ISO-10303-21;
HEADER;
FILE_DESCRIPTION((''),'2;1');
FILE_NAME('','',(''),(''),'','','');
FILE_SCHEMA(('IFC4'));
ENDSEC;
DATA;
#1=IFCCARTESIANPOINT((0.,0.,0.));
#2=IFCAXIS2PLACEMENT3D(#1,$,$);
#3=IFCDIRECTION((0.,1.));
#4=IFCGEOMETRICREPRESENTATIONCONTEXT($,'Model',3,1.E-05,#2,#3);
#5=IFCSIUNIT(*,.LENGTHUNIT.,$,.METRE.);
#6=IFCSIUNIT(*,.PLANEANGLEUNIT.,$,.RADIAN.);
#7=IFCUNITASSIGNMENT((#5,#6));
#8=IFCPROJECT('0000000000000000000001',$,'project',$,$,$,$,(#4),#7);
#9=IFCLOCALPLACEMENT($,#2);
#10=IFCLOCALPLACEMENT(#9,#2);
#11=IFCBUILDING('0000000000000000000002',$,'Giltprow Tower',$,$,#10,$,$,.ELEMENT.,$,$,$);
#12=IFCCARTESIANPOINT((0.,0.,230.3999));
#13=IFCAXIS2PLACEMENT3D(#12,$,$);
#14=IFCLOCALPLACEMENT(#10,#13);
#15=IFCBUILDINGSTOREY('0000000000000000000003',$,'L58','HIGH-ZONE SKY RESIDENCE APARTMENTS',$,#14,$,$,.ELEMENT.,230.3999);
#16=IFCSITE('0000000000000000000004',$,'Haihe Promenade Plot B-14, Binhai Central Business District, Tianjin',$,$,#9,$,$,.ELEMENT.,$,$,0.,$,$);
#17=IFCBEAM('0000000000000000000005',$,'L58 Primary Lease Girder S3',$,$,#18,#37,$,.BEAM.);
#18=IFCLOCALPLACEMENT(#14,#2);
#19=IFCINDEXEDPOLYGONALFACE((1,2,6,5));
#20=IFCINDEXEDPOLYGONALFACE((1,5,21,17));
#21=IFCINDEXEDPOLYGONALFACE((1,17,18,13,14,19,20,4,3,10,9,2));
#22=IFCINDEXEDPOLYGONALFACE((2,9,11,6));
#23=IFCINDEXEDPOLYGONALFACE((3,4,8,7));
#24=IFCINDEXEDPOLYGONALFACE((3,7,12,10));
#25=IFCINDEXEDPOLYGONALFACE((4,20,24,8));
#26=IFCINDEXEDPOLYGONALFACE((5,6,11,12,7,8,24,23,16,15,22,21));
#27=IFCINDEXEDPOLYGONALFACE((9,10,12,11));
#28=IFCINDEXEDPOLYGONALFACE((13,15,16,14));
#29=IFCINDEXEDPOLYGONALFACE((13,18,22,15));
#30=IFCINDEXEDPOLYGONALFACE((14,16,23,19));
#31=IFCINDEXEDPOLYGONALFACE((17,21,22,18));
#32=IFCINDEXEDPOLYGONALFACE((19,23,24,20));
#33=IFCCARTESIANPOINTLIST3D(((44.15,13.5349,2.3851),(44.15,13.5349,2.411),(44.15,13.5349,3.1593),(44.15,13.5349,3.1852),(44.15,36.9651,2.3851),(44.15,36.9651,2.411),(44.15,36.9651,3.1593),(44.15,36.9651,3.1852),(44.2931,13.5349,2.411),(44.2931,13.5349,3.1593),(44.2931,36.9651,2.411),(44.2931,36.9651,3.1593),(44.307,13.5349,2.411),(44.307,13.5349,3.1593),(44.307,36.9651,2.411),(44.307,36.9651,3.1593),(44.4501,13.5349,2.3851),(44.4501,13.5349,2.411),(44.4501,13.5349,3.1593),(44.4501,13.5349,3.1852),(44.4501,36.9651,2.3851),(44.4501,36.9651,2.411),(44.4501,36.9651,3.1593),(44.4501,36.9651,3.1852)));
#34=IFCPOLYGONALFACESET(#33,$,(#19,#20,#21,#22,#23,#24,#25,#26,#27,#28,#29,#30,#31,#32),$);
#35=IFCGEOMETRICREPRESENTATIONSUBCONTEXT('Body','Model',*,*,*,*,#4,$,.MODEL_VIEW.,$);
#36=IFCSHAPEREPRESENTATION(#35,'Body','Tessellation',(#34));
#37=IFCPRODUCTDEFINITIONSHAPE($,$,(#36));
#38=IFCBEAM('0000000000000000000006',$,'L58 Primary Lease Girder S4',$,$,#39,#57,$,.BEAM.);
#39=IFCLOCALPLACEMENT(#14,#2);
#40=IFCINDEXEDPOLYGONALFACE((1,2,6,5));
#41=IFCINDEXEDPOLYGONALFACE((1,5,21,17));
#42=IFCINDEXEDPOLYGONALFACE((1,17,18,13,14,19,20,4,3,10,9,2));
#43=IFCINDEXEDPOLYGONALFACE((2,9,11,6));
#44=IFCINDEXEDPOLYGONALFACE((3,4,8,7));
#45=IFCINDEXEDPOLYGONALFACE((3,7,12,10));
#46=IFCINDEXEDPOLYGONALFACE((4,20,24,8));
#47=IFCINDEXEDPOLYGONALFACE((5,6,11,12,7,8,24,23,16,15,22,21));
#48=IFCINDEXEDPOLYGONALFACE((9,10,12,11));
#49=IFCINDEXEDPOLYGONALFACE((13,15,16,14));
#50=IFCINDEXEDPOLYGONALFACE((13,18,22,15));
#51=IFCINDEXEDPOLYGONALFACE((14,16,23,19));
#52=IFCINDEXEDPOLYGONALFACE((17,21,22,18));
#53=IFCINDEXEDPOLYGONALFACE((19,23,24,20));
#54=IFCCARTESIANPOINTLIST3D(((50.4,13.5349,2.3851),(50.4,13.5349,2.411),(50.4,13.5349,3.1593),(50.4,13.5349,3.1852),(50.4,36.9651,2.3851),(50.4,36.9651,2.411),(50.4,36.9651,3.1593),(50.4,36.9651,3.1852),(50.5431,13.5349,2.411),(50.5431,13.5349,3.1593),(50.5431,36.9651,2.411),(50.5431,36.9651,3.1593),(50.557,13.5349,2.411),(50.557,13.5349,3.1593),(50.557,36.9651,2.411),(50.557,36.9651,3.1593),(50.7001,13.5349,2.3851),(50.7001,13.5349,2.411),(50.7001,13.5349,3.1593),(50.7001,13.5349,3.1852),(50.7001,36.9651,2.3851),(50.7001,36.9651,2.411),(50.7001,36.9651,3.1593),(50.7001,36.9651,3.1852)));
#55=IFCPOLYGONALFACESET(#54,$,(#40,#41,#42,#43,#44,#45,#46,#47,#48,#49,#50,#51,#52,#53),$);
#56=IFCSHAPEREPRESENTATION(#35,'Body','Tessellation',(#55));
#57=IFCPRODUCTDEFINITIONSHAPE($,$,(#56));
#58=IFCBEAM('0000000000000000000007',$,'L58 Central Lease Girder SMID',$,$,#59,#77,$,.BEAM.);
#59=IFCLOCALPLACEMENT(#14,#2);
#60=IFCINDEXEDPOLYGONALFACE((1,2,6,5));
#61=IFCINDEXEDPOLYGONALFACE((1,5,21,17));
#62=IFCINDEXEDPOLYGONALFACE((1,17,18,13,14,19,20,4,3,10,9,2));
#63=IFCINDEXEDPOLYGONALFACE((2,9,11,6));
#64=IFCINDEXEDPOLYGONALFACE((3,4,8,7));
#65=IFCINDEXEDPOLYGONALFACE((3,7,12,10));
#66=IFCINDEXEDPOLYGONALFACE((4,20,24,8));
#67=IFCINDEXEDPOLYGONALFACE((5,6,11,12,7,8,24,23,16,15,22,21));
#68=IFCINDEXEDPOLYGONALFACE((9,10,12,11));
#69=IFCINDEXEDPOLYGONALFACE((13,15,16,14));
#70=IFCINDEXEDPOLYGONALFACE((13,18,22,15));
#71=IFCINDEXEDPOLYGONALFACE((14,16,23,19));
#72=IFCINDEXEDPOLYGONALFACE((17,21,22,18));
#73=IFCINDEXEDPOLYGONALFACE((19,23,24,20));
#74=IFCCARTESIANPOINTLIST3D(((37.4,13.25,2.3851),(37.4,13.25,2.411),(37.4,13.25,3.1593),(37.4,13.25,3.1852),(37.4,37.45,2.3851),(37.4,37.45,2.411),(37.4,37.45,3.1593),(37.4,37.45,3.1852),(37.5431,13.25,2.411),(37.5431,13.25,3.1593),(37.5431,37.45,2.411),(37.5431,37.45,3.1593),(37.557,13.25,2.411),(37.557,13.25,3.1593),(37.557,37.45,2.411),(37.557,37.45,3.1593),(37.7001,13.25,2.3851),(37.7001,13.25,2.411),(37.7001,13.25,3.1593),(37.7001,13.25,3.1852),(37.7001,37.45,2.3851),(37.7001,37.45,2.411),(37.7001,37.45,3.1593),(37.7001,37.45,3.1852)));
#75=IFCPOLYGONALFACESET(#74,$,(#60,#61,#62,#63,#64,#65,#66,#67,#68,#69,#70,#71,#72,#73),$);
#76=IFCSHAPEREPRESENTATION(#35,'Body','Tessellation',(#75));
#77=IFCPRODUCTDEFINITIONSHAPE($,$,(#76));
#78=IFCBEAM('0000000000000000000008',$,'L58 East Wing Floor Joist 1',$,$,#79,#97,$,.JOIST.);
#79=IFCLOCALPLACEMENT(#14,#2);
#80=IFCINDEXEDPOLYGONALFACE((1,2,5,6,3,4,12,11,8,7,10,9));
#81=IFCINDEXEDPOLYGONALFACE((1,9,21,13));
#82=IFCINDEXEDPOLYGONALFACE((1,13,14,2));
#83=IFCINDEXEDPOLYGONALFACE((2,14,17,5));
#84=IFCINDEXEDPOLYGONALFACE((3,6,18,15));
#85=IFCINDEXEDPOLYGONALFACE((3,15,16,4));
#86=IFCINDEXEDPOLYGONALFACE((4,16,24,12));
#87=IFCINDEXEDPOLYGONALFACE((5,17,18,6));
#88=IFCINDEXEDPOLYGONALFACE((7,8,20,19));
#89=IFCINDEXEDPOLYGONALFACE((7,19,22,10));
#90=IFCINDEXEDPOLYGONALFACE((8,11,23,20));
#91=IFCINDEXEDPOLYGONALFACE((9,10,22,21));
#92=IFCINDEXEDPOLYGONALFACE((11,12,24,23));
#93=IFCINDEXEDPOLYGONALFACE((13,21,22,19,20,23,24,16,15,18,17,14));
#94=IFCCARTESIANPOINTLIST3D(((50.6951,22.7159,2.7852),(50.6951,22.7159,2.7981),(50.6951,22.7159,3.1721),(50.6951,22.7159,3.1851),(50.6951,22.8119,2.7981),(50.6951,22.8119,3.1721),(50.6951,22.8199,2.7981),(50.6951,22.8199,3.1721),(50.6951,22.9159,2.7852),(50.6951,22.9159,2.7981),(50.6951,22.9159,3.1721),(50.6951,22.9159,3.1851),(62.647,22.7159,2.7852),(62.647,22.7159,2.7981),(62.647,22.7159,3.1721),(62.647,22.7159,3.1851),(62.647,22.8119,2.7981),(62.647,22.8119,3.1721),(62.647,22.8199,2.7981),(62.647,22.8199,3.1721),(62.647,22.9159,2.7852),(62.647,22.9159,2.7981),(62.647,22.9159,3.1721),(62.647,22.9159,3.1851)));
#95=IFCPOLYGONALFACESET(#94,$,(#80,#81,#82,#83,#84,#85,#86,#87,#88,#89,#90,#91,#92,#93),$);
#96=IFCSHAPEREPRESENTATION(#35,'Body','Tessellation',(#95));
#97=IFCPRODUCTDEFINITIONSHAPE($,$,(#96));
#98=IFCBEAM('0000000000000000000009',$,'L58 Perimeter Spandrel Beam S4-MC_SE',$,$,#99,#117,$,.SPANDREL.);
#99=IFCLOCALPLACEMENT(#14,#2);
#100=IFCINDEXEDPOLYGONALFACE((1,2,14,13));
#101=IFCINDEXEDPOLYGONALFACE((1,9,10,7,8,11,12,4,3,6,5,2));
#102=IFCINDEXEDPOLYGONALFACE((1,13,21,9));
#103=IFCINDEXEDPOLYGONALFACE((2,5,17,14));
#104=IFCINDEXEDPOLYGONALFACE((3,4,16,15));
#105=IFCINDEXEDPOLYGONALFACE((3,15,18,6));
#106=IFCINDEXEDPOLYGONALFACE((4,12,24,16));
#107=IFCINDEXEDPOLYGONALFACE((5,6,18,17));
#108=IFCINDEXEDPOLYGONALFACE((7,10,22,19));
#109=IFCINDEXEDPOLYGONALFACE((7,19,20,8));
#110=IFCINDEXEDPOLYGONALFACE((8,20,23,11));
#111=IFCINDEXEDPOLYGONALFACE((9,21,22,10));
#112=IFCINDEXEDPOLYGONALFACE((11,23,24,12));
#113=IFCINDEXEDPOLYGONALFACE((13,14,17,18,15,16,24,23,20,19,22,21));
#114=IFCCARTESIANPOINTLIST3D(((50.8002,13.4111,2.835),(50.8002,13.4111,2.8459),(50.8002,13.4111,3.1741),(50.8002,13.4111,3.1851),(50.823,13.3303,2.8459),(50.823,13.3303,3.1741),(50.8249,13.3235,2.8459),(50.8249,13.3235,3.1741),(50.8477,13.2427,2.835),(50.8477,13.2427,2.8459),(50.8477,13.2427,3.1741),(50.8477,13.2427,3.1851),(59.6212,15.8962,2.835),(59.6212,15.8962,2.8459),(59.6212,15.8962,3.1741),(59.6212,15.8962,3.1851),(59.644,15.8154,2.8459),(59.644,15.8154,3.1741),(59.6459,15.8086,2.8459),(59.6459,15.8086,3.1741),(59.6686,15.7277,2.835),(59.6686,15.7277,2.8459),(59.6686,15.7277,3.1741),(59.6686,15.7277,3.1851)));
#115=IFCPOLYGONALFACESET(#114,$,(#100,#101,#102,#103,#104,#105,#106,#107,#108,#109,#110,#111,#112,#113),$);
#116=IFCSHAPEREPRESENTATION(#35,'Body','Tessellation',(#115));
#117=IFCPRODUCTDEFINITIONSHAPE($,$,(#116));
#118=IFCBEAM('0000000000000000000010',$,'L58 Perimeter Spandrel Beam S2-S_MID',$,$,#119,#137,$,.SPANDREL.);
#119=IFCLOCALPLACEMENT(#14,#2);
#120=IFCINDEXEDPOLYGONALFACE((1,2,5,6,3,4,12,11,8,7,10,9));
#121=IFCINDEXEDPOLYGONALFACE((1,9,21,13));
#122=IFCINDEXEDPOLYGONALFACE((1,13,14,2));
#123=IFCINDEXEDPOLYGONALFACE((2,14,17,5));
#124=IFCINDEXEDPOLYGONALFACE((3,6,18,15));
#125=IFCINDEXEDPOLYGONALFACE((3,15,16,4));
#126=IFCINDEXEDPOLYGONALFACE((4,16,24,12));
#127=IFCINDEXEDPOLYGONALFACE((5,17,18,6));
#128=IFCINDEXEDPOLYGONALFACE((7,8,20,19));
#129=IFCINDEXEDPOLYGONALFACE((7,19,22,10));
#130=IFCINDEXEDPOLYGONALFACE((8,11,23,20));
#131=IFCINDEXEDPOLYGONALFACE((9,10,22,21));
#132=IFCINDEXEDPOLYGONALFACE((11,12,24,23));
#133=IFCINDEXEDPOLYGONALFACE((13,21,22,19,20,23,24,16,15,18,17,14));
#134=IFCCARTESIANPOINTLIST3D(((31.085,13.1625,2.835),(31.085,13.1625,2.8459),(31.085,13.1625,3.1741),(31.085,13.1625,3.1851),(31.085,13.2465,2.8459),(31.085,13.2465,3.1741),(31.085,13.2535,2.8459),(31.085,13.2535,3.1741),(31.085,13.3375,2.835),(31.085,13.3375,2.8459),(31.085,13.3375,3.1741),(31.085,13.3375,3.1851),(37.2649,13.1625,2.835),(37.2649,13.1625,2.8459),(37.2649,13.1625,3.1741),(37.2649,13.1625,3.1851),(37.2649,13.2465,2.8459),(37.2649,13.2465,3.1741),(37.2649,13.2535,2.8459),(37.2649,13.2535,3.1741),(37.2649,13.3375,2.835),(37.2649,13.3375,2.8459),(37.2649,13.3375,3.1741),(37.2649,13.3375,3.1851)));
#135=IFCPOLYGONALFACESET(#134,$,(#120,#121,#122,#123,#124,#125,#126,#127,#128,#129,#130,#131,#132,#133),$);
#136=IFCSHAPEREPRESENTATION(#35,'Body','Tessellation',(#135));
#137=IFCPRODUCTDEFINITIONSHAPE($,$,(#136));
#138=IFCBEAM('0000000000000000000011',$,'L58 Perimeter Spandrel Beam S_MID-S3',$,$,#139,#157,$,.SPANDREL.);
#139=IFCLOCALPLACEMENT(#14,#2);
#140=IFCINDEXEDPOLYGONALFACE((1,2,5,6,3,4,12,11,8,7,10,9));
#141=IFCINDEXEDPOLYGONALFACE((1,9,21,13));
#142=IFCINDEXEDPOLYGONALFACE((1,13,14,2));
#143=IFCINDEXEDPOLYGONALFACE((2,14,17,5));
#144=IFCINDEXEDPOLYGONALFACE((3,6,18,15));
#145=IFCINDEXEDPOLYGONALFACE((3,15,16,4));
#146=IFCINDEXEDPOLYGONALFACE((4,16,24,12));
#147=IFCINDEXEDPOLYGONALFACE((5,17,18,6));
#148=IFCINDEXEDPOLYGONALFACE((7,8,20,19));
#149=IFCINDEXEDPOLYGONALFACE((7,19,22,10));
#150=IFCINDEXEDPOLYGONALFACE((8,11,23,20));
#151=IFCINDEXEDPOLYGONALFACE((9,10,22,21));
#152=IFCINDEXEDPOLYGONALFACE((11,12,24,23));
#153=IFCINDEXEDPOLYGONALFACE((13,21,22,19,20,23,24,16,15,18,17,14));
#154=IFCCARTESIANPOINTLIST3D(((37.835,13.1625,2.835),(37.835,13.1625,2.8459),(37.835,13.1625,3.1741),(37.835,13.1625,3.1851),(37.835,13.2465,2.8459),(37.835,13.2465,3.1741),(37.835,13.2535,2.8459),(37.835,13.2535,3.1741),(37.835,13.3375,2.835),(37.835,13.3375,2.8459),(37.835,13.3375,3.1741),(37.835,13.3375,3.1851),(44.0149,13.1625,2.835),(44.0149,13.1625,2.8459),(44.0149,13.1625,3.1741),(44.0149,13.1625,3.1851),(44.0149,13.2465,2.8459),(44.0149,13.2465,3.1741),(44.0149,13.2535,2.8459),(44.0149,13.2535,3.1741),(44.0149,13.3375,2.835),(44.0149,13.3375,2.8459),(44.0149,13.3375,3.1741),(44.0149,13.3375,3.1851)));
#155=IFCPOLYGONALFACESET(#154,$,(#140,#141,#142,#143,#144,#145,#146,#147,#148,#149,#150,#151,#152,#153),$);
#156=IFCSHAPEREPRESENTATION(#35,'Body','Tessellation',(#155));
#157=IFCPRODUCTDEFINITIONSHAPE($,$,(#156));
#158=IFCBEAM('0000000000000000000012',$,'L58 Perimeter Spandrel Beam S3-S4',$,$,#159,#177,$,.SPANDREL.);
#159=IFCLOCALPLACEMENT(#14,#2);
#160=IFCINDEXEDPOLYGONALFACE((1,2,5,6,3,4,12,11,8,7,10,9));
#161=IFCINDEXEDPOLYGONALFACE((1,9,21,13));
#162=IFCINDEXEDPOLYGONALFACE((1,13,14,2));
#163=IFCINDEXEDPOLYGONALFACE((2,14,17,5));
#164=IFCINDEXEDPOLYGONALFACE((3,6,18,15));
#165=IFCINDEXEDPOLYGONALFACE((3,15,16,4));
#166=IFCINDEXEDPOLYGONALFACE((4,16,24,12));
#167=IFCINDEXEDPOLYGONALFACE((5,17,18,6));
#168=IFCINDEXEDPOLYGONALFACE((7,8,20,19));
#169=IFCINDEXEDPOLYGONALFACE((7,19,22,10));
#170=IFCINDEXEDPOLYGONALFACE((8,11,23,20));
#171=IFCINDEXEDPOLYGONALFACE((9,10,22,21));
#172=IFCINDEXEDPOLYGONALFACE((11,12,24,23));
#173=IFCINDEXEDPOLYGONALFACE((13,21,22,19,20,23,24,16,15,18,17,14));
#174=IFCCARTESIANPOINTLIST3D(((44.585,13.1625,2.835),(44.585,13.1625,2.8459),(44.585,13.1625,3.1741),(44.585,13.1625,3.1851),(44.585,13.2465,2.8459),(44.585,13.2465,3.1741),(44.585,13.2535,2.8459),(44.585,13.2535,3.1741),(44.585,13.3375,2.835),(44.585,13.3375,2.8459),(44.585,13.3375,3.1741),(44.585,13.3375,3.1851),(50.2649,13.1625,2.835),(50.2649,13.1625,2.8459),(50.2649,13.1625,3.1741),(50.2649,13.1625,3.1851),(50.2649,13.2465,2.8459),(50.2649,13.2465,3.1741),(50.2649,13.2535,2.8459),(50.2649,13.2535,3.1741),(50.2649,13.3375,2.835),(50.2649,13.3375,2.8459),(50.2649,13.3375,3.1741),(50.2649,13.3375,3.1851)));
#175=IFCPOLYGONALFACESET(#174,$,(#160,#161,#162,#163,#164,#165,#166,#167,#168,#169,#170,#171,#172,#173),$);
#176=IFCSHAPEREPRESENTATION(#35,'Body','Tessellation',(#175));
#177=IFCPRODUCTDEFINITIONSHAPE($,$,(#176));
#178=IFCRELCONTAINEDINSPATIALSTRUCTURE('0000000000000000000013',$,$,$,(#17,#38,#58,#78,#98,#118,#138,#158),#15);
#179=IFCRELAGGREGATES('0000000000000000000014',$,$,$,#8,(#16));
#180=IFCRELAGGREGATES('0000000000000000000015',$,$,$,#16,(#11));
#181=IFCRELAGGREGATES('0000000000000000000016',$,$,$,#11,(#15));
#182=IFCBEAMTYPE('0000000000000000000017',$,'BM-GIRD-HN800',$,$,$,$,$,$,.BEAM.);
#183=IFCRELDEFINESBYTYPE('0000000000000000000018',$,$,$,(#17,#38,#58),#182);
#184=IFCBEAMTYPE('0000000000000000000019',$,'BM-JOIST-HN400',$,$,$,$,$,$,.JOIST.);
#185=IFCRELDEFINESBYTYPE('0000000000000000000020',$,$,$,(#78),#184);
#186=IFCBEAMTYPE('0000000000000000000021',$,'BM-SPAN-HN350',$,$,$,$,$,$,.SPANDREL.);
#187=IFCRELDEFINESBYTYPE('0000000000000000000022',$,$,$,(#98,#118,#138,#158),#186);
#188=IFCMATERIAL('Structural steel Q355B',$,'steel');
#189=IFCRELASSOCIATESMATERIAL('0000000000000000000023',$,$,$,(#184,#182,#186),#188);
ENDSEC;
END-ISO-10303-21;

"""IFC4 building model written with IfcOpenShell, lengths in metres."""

from ifc_helpers import new_model, si_unit, direction, frame, origin, origin_2d, place, context, subcontext, project, spatial, i_section, extrude, source, transform, mapped, material, material_profile, profile_set, type_object, element, save


model = new_model("IFC4")

# Units and contexts
model_context = context("Model", 3, precision=1e-05, world=origin(), true_north=direction((0.0, 1.0)))
body_context = subcontext(model_context, "Body", "Model", "MODEL_VIEW")
ifc_project = project(units=[si_unit("LENGTHUNIT", "METRE"), si_unit("PLANEANGLEUNIT", "RADIAN")], contexts=[model_context])

# Site, building, storey
site_placement = place(None, origin())
site = spatial("IfcSite", under=ifc_project, at=site_placement, Name="Haihe Promenade Plot B-14, Binhai Central Business District, Tianjin", CompositionType="ELEMENT", RefElevation=0.0)
building_placement = place(site_placement, origin())
building = spatial("IfcBuilding", under=site, at=building_placement, Name="Giltprow Tower", CompositionType="ELEMENT")
storey_placement = place(building_placement, frame((0.0, 0.0, 230.3999)))
storey = spatial("IfcBuildingStorey", under=building, at=storey_placement, Name="L58", Description="HIGH-ZONE SKY RESIDENCE APARTMENTS", CompositionType="ELEMENT", Elevation=230.3999)

# Shared definitions
ifc_material_1 = material(Name="Structural steel Q355B", Category="steel")

# Beams
ifc_material_profile_1 = material_profile(ifc_material_1, i_section(OverallWidth=0.2, OverallDepth=0.3999, WebThickness=0.0081, FlangeThickness=0.0129, at=origin_2d()), Name="HN 400x200x8x13")
ifc_profile_set_1 = profile_set([ifc_material_profile_1], Name="Structural steel Q355B")
beam_type_1 = type_object("IfcBeamType", Name="BM-JOIST-HN400", PredefinedType="JOIST", material=ifc_profile_set_1)
ifc_material_profile_2 = material_profile(ifc_material_1, i_section(OverallWidth=0.3, OverallDepth=0.8, WebThickness=0.0139, FlangeThickness=0.0259, at=origin_2d()), Name="HN 800x300x14x26")
ifc_profile_set_2 = profile_set([ifc_material_profile_2], Name="Structural steel Q355B")
beam_type_2 = type_object("IfcBeamType", Name="BM-GIRD-HN800", PredefinedType="BEAM", material=ifc_profile_set_2)
shared_shape_1 = source(origin(), body_context, "Body", "SweptSolid", [
    extrude(i_section(OverallWidth=0.3, OverallDepth=0.8, WebThickness=0.0139, FlangeThickness=0.0259, at=origin_2d()), origin(), (0.0, 0.0, 1.0), 23.4302),
])
for number, where, z_axis, x_axis, name in (
    (1, (44.3, 13.5349, 2.7852), (0.0, 1.0, 0.0), (-1.0, 0.0, 0.0), "L58 Primary Lease Girder S3"),
    (2, (50.55, 13.5349, 2.7852), (0.0, 1.0, 0.0), (-1.0, 0.0, 0.0), "L58 Primary Lease Girder S4"),
):
    element("IfcBeam", number, at=place(storey_placement, frame(where, z_axis=z_axis, x_axis=x_axis)), inside=storey, type_object=beam_type_2, Name=name, PredefinedType="BEAM", context=body_context, shape_type="MappedRepresentation", body=[
        mapped(shared_shape_1, transform((0.0, 0.0, 0.0), x_axis=(1.0, 0.0, 0.0), y_axis=(0.0, 1.0, 0.0), z_axis=(0.0, 0.0, 1.0), scale=1.0)),
    ])
shared_shape_2 = source(origin(), body_context, "Body", "SweptSolid", [
    extrude(i_section(OverallWidth=0.3, OverallDepth=0.8, WebThickness=0.0139, FlangeThickness=0.0259, at=origin_2d()), origin(), (0.0, 0.0, 1.0), 24.2),
])
beam_1_placement = place(storey_placement, frame((37.55, 13.25, 2.7852), z_axis=(0.0, 1.0, 0.0), x_axis=(-1.0, 0.0, 0.0)))
element("IfcBeam", 3, at=beam_1_placement, inside=storey, type_object=beam_type_2, Name="L58 Central Lease Girder SMID", PredefinedType="BEAM", context=body_context, shape_type="MappedRepresentation", body=[
    mapped(shared_shape_2, transform((0.0, 0.0, 0.0), x_axis=(1.0, 0.0, 0.0), y_axis=(0.0, 1.0, 0.0), z_axis=(0.0, 0.0, 1.0), scale=1.0)),
])
shared_shape_3 = source(origin(), body_context, "Body", "SweptSolid", [
    extrude(i_section(OverallWidth=0.2, OverallDepth=0.3999, WebThickness=0.0081, FlangeThickness=0.0129, at=origin_2d()), origin(), (0.0, 0.0, 1.0), 11.9519),
])
beam_2_placement = place(storey_placement, frame((50.6951, 22.8159, 2.9851), z_axis=(1.0, 0.0, 0.0), x_axis=(0.0, 1.0, 0.0)))
element("IfcBeam", 4, at=beam_2_placement, inside=storey, type_object=beam_type_1, Name="L58 East Wing Floor Joist 1", PredefinedType="JOIST", context=body_context, shape_type="MappedRepresentation", body=[
    mapped(shared_shape_3, transform((0.0, 0.0, 0.0), x_axis=(1.0, 0.0, 0.0), y_axis=(0.0, 1.0, 0.0), z_axis=(0.0, 0.0, 1.0), scale=1.0)),
])
ifc_material_profile_3 = material_profile(ifc_material_1, i_section(OverallWidth=0.175, OverallDepth=0.3501, WebThickness=0.0071, FlangeThickness=0.011, at=origin_2d()), Name="HN 350x175x7x11")
ifc_profile_set_3 = profile_set([ifc_material_profile_3], Name="Structural steel Q355B")
beam_type_3 = type_object("IfcBeamType", Name="BM-SPAN-HN350", PredefinedType="SPANDREL", material=ifc_profile_set_3)
shared_shape_4 = source(origin(), body_context, "Body", "SweptSolid", [
    extrude(i_section(OverallWidth=0.175, OverallDepth=0.3501, WebThickness=0.0071, FlangeThickness=0.011, at=origin_2d()), origin(), (0.0, 0.0, 1.0), 9.1643),
])
beam_3_placement = place(storey_placement, frame((50.824, 13.3269, 3.01), z_axis=(0.962532, 0.271169, 0.0), x_axis=(-0.271169, 0.962532, 0.0)))
element("IfcBeam", 5, at=beam_3_placement, inside=storey, type_object=beam_type_3, Name="L58 Perimeter Spandrel Beam S4-MC_SE", PredefinedType="SPANDREL", context=body_context, shape_type="MappedRepresentation", body=[
    mapped(shared_shape_4, transform((0.0, 0.0, 0.0), x_axis=(1.0, 0.0, 0.0), y_axis=(0.0, 1.0, 0.0), z_axis=(0.0, 0.0, 1.0), scale=1.0)),
])
shared_shape_5 = source(origin(), body_context, "Body", "SweptSolid", [
    extrude(i_section(OverallWidth=0.175, OverallDepth=0.3501, WebThickness=0.0071, FlangeThickness=0.011, at=origin_2d()), origin(), (0.0, 0.0, 1.0), 6.1799),
])
for number, where, z_axis, x_axis, name in (
    (6, (31.085, 13.25, 3.01), (1.0, 0.0, 0.0), (0.0, 1.0, 0.0), "L58 Perimeter Spandrel Beam S2-S_MID"),
    (7, (37.835, 13.25, 3.01), (1.0, 0.0, 0.0), (0.0, 1.0, 0.0), "L58 Perimeter Spandrel Beam S_MID-S3"),
):
    element("IfcBeam", number, at=place(storey_placement, frame(where, z_axis=z_axis, x_axis=x_axis)), inside=storey, type_object=beam_type_3, Name=name, PredefinedType="SPANDREL", context=body_context, shape_type="MappedRepresentation", body=[
        mapped(shared_shape_5, transform((0.0, 0.0, 0.0), x_axis=(1.0, 0.0, 0.0), y_axis=(0.0, 1.0, 0.0), z_axis=(0.0, 0.0, 1.0), scale=1.0)),
    ])
shared_shape_6 = source(origin(), body_context, "Body", "SweptSolid", [
    extrude(i_section(OverallWidth=0.175, OverallDepth=0.3501, WebThickness=0.0071, FlangeThickness=0.011, at=origin_2d()), origin(), (0.0, 0.0, 1.0), 5.6799),
])
beam_4_placement = place(storey_placement, frame((44.585, 13.25, 3.01), z_axis=(1.0, 0.0, 0.0), x_axis=(0.0, 1.0, 0.0)))
element("IfcBeam", 8, at=beam_4_placement, inside=storey, type_object=beam_type_3, Name="L58 Perimeter Spandrel Beam S3-S4", PredefinedType="SPANDREL", context=body_context, shape_type="MappedRepresentation", body=[
    mapped(shared_shape_6, transform((0.0, 0.0, 0.0), x_axis=(1.0, 0.0, 0.0), y_axis=(0.0, 1.0, 0.0), z_axis=(0.0, 0.0, 1.0), scale=1.0)),
])

save(model, "model.ifc")
